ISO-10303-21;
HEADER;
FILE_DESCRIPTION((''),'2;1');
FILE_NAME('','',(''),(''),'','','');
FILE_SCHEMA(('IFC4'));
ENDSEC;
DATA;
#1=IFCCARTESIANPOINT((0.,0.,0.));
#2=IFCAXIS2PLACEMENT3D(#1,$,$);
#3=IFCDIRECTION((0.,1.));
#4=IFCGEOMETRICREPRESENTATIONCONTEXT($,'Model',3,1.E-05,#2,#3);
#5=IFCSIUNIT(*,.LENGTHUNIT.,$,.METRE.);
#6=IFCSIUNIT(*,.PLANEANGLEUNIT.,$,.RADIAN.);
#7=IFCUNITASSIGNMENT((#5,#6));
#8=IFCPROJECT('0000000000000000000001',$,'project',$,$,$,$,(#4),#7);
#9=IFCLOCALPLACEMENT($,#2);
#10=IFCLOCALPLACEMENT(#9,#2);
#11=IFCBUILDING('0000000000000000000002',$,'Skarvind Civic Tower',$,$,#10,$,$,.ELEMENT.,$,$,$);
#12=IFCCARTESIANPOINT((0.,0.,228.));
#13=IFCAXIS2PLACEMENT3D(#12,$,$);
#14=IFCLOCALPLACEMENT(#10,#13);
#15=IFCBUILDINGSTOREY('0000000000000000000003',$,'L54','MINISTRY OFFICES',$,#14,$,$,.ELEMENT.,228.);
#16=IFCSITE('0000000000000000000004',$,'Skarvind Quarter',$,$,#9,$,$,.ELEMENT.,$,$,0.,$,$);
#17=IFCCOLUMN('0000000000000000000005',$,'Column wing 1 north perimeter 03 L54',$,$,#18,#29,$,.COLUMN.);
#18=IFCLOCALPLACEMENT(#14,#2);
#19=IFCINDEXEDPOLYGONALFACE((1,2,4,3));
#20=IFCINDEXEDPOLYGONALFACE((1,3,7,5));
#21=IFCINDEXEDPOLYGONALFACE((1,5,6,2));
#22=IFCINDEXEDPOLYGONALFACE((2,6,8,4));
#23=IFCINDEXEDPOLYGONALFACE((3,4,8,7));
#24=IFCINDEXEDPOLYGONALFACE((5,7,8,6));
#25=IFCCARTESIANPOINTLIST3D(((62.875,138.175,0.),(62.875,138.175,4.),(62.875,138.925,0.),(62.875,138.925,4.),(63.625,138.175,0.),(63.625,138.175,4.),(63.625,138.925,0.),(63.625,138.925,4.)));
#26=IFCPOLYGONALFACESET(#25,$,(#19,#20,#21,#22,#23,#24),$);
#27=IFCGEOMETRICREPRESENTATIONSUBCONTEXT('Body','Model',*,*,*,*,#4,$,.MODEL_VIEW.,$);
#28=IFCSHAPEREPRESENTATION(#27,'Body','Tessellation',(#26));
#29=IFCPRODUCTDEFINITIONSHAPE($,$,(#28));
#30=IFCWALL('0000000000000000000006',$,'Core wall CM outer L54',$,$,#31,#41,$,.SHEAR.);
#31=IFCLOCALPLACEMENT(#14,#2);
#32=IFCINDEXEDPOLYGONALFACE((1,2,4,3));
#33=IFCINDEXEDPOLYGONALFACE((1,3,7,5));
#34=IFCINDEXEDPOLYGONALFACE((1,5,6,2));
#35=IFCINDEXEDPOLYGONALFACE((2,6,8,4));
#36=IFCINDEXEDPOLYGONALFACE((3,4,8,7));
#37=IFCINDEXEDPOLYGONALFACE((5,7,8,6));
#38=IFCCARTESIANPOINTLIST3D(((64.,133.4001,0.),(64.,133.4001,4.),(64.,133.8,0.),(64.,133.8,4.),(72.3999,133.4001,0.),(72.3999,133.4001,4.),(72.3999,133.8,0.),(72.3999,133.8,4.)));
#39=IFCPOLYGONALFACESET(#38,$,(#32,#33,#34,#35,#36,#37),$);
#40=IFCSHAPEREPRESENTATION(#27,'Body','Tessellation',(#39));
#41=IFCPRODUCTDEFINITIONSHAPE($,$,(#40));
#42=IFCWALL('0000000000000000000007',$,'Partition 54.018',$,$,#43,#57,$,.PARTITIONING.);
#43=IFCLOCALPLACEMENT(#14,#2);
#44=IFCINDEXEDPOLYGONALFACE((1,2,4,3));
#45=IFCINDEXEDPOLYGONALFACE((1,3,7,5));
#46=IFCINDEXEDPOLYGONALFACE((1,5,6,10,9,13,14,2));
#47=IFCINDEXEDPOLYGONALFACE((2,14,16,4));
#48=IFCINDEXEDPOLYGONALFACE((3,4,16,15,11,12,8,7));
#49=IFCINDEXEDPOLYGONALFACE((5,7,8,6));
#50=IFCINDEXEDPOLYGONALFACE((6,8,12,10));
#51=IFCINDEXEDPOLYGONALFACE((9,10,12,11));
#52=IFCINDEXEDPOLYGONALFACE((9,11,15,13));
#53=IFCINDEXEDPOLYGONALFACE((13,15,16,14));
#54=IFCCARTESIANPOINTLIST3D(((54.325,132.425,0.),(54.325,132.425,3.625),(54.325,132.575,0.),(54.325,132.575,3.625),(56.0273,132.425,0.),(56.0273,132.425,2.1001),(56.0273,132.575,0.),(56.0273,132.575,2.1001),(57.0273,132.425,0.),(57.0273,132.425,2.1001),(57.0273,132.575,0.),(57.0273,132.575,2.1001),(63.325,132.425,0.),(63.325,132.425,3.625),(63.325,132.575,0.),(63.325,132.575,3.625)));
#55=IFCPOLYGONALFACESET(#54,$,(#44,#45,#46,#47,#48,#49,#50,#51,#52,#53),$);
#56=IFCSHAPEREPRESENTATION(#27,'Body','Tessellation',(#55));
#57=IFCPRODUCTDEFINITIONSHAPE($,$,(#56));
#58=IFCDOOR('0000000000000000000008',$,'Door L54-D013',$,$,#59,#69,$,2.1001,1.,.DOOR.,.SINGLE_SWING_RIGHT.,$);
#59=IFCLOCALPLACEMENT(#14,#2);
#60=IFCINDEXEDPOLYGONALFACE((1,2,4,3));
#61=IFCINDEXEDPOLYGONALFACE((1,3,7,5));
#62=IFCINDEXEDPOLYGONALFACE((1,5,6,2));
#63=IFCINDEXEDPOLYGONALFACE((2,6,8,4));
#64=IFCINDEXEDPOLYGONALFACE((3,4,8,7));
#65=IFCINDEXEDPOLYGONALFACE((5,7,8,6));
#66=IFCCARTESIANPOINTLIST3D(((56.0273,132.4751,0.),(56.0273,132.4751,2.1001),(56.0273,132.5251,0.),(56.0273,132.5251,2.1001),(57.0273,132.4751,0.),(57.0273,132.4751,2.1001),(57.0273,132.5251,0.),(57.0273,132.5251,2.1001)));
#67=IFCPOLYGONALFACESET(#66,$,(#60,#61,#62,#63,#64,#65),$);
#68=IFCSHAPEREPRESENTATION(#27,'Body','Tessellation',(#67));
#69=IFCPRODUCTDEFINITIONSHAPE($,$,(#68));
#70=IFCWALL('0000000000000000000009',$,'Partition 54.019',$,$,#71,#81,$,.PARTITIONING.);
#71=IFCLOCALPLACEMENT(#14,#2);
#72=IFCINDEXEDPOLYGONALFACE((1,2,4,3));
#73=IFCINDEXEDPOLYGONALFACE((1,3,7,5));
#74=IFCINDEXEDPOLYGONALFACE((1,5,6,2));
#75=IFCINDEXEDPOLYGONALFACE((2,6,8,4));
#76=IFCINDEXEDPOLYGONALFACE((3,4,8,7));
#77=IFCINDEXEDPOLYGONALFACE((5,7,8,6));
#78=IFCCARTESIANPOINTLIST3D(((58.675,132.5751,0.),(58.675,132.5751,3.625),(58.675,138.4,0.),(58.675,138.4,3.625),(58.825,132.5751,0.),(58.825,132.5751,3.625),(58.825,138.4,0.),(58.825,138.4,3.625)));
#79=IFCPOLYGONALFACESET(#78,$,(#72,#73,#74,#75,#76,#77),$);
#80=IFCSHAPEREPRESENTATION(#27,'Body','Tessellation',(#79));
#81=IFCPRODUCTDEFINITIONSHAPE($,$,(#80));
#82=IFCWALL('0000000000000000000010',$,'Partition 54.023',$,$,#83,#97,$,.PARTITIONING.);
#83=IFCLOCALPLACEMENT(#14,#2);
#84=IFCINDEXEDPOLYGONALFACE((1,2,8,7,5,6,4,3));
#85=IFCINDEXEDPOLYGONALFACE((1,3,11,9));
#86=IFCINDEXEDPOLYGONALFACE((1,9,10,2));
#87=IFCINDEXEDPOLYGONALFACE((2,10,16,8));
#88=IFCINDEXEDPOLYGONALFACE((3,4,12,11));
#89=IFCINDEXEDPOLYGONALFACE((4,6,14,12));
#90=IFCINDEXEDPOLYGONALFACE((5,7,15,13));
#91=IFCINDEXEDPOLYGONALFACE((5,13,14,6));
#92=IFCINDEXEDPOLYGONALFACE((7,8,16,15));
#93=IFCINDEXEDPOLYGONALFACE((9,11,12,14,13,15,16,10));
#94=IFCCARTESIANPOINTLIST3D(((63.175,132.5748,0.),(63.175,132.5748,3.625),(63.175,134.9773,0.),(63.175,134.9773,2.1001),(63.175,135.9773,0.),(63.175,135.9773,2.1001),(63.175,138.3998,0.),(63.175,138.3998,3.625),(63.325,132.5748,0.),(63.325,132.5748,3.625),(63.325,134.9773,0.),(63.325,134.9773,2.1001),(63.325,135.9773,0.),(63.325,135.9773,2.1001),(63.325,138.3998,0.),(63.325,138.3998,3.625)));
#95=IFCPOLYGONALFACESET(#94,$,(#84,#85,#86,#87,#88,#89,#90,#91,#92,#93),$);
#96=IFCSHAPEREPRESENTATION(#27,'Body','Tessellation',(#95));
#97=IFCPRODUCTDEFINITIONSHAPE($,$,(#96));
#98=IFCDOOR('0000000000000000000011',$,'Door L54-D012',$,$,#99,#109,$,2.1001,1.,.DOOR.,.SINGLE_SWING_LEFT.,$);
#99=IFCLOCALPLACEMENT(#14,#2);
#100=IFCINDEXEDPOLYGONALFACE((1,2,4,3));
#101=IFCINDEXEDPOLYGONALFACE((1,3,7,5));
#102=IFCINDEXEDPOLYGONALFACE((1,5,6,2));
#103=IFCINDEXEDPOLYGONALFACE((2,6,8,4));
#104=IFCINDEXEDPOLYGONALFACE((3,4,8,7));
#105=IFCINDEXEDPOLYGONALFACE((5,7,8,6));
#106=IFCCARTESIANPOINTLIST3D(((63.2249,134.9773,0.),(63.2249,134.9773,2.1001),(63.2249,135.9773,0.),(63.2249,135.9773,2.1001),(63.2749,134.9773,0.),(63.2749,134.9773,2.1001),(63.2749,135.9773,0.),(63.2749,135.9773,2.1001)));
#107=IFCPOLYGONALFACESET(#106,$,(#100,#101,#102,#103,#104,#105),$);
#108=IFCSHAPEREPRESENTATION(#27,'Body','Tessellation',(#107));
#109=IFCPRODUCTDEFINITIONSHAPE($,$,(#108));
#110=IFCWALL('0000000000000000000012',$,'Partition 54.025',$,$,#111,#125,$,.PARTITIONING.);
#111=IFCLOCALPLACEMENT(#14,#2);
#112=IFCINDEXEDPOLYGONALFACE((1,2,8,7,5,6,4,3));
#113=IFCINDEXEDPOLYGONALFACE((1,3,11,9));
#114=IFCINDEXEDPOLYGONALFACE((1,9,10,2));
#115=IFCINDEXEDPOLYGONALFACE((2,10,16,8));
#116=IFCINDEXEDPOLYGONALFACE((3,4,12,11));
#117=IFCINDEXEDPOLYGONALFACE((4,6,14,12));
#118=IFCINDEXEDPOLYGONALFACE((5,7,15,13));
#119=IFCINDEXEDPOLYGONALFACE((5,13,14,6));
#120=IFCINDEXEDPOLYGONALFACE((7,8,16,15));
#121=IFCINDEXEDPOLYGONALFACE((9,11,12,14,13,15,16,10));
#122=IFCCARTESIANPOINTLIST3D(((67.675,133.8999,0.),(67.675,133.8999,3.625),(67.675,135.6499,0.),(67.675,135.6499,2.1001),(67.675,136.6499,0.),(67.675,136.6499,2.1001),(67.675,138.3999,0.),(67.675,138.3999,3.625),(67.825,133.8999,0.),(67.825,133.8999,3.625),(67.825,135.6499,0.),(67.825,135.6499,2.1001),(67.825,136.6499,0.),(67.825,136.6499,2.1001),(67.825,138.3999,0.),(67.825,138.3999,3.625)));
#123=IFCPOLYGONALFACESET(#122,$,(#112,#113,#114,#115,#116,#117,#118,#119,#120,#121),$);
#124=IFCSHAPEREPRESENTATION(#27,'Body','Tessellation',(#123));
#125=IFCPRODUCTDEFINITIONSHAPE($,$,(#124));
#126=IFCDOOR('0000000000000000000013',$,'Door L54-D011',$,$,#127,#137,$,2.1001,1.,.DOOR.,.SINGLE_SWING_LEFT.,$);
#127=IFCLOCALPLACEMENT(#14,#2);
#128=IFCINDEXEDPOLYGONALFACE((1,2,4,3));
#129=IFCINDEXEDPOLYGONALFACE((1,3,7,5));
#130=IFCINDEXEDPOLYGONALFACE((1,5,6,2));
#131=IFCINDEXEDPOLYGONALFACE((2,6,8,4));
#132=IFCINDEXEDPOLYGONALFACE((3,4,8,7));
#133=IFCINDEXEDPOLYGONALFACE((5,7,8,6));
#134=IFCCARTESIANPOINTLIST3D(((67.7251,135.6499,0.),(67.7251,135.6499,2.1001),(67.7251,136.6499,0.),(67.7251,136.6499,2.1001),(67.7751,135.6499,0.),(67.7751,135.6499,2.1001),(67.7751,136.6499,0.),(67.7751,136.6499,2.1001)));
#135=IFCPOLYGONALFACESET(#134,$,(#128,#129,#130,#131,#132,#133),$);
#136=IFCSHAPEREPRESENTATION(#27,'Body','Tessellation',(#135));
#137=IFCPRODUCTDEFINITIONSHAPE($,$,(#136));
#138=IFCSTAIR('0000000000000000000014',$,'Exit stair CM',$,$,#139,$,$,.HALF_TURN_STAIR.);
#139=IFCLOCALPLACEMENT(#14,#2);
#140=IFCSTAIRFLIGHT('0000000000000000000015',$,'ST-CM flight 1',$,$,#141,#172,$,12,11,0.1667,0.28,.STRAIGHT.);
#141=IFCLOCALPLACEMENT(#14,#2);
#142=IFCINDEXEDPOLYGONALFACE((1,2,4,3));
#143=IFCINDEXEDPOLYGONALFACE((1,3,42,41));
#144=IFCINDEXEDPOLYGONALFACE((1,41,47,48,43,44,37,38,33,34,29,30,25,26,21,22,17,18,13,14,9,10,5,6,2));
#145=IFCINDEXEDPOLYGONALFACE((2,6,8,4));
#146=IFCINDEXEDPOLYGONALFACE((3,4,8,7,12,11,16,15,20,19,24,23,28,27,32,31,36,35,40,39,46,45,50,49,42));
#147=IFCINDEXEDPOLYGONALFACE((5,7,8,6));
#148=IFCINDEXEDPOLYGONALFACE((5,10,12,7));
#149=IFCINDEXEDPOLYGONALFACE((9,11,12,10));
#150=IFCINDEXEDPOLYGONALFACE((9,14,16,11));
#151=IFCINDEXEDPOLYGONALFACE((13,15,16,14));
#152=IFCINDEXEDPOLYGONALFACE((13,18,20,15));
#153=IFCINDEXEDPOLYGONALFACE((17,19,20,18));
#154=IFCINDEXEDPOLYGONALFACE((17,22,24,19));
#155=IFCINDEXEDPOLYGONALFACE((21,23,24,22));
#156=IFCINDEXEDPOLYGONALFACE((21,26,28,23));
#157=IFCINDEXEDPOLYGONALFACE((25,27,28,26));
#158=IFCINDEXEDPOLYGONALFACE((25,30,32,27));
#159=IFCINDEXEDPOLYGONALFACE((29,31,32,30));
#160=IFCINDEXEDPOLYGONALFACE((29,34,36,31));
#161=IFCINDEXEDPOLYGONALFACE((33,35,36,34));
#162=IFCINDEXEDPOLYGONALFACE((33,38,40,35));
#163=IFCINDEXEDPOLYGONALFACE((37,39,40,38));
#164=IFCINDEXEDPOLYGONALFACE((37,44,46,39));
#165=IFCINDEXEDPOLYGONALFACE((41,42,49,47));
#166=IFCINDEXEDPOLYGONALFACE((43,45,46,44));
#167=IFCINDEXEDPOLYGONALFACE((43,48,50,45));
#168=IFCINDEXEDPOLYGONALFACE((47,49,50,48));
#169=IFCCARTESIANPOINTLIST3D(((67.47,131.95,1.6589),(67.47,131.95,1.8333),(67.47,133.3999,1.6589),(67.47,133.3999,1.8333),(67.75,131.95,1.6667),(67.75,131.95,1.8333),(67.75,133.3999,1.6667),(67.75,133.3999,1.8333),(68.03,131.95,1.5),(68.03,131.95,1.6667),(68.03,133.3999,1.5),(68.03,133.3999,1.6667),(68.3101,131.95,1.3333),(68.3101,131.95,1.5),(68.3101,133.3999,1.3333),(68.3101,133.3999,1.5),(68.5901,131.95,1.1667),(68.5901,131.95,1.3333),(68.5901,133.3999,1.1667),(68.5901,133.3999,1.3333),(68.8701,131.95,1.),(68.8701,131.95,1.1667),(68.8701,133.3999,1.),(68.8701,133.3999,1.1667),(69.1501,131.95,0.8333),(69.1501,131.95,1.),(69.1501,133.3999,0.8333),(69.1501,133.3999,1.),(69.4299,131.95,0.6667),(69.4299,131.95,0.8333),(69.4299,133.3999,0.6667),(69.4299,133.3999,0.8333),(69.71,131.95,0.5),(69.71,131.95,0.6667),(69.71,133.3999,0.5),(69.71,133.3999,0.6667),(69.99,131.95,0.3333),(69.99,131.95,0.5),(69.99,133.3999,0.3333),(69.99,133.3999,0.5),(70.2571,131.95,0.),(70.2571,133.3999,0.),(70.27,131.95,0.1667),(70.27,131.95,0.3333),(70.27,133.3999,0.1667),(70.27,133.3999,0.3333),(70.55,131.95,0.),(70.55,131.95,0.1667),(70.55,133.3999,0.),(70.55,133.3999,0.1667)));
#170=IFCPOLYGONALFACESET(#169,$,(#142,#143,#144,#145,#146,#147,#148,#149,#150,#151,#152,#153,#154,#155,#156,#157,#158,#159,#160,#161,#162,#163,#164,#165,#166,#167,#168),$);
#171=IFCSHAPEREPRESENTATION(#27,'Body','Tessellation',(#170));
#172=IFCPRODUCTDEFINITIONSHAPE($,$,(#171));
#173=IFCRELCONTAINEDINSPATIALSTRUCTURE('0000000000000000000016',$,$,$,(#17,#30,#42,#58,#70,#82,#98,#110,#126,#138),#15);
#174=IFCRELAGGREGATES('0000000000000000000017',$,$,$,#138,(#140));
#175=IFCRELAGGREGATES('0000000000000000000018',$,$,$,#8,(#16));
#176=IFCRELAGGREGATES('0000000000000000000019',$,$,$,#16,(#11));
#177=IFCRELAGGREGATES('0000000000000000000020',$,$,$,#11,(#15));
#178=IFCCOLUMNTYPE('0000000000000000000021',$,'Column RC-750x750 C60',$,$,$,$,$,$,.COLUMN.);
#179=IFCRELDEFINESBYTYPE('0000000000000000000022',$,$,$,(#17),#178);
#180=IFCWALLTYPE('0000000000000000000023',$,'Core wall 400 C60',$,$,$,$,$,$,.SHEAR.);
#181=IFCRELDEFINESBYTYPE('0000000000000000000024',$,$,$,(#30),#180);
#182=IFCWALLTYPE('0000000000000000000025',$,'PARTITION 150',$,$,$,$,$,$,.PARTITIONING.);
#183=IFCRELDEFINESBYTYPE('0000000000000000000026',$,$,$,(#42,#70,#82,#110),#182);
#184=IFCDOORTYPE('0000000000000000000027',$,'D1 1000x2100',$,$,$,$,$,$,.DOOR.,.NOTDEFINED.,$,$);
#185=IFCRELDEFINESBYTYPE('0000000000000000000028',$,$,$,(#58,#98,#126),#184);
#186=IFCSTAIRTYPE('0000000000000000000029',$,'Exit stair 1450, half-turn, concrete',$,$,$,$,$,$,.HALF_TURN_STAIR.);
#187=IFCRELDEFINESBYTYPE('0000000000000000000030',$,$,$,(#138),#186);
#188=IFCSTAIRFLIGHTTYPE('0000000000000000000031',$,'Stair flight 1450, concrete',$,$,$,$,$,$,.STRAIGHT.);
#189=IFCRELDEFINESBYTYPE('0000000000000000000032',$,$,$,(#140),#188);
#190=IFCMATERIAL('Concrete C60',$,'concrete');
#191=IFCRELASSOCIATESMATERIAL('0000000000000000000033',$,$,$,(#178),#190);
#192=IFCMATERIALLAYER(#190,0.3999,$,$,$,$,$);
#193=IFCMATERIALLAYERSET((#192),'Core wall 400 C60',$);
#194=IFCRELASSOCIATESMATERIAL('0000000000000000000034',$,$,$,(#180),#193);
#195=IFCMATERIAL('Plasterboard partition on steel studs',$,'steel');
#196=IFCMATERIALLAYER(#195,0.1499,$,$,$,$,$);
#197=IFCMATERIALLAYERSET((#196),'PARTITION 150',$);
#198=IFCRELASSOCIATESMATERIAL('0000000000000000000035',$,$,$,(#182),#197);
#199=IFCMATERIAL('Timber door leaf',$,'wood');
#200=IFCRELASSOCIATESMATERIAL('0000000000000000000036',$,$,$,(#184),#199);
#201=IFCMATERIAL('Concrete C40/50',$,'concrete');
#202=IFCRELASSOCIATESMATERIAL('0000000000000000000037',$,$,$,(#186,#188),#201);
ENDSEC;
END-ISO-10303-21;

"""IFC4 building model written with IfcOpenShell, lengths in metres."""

from ifc_helpers import new_model, si_unit, direction, frame, frame_2d, origin, origin_2d, place, context, subcontext, project, spatial, polyline, rectangle, outline, extrude, material, layer, layer_set, material_profile, profile_set, type_object, element, fill, aggregate, save


model = new_model("IFC4")

# Units and contexts
model_context = context("Model", 3, precision=1e-05, world=origin(), true_north=direction((0.0, 1.0)))
body_context = subcontext(model_context, "Body", "Model", "MODEL_VIEW")
ifc_project = project(units=[si_unit("LENGTHUNIT", "METRE"), si_unit("PLANEANGLEUNIT", "RADIAN")], contexts=[model_context])

# Site, building, storey
site_placement = place(None, origin())
site = spatial("IfcSite", under=ifc_project, at=site_placement, Name="Skarvind Quarter", CompositionType="ELEMENT", RefElevation=0.0)
building_placement = place(site_placement, origin())
building = spatial("IfcBuilding", under=site, at=building_placement, Name="Skarvind Civic Tower", CompositionType="ELEMENT")
storey_placement = place(building_placement, frame((0.0, 0.0, 228.0)))
storey = spatial("IfcBuildingStorey", under=building, at=storey_placement, Name="L54", Description="MINISTRY OFFICES", CompositionType="ELEMENT", Elevation=228.0)

# Column
ifc_material_1 = material(Name="Concrete C60", Category="concrete")
ifc_material_profile = material_profile(ifc_material_1, rectangle(XDim=0.75, YDim=0.75, at=origin_2d()), Name="RC-750x750")
ifc_profile_set = profile_set([ifc_material_profile], Name="Concrete C60")
column_type = type_object("IfcColumnType", Name="Column RC-750x750 C60", PredefinedType="COLUMN", material=ifc_profile_set)
column_placement = place(storey_placement, frame((63.25, 138.55, 0.0), z_axis=(0.0, 0.0, 1.0), x_axis=(1.0, 0.0, 0.0)))
element("IfcColumn", 1, at=column_placement, inside=storey, type_object=column_type, Name="Column wing 1 north perimeter 03 L54", PredefinedType="COLUMN", context=body_context, shape_type="SweptSolid", body=[
    extrude(rectangle(XDim=0.75, YDim=0.75, at=origin_2d()), origin(), (0.0, 0.0, 1.0), 4.0),
])

# Wall
ifc_layer_1 = layer(ifc_material_1, 0.3999)
ifc_layer_set_1 = layer_set([ifc_layer_1], Name="Core wall 400 C60")
wall_type_1 = type_object("IfcWallType", Name="Core wall 400 C60", PredefinedType="SHEAR", material=ifc_layer_set_1)
wall_1_placement = place(storey_placement, frame((64.0, 133.6001, 0.0), z_axis=(0.0, 0.0, 1.0), x_axis=(1.0, 0.0, 0.0)))
element("IfcWall", 2, at=wall_1_placement, inside=storey, type_object=wall_type_1, Name="Core wall CM outer L54", PredefinedType="SHEAR", context=body_context, shape_type="SweptSolid", body=[
    extrude(rectangle(XDim=8.3999, YDim=0.3999, at=frame_2d((4.2, 0.0))), origin(), (0.0, 0.0, 1.0), 4.0),
])

# Wall, opening, door
ifc_material_2 = material(Name="Plasterboard partition on steel studs", Category="steel")
ifc_layer_2 = layer(ifc_material_2, 0.1499)
ifc_layer_set_2 = layer_set([ifc_layer_2], Name="PARTITION 150")
wall_type_2 = type_object("IfcWallType", Name="PARTITION 150", PredefinedType="PARTITIONING", material=ifc_layer_set_2)
wall_2_placement = place(storey_placement, frame((63.325, 132.5, 0.0), z_axis=(0.0, 0.0, 1.0), x_axis=(-1.0, 0.0, 0.0)))
wall_2 = element("IfcWall", 3, at=wall_2_placement, inside=storey, type_object=wall_type_2, Name="Partition 54.018", PredefinedType="PARTITIONING", context=body_context, shape_type="SweptSolid", body=[
    extrude(rectangle(XDim=9.0, YDim=0.1499, at=frame_2d((4.5, 0.0))), origin(), (0.0, 0.0, 1.0), 3.625),
])
opening_1_placement = place(wall_2_placement, frame((6.2976, 0.0, 0.0)))
opening_1 = element("IfcOpeningElement", 4, at=opening_1_placement, cuts=wall_2, PredefinedType="OPENING", context=body_context, shape_type="SweptSolid", body=[
    extrude(rectangle(XDim=1.0, YDim=2.1001, at=frame_2d((0.5, 1.05))), frame((0.0, 0.085, 0.0), z_axis=(0.0, -1.0, 0.0), x_axis=(1.0, 0.0, 0.0)), (0.0, 0.0, 1.0), 0.1699),
])
ifc_material_3 = material(Name="Timber door leaf", Category="wood")
door_type = type_object("IfcDoorType", Name="D1 1000x2100", OperationType="NOTDEFINED", PredefinedType="DOOR", material=ifc_material_3)
door_1_placement = place(opening_1_placement, origin())
door_1 = element("IfcDoor", 5, at=door_1_placement, inside=storey, type_object=door_type, Name="Door L54-D013", OperationType="SINGLE_SWING_RIGHT", OverallHeight=2.1001, OverallWidth=1.0, PredefinedType="DOOR", context=body_context, shape_type="SweptSolid", body=[
    extrude(rectangle(XDim=1.0, YDim=2.1001, at=frame_2d((0.5, 1.05))), frame((0.0, 0.0249, 0.0), z_axis=(0.0, -1.0, 0.0), x_axis=(1.0, 0.0, 0.0)), (0.0, 0.0, 1.0), 0.05),
])
fill(opening_1, door_1)

# Wall
wall_3_placement = place(storey_placement, frame((58.75, 132.575, 0.0), z_axis=(0.0, 0.0, 1.0), x_axis=(0.0, 1.0, 0.0)))
element("IfcWall", 6, at=wall_3_placement, inside=storey, type_object=wall_type_2, Name="Partition 54.019", PredefinedType="PARTITIONING", context=body_context, shape_type="SweptSolid", body=[
    extrude(rectangle(XDim=5.825, YDim=0.1499, at=frame_2d((2.9126, 0.0))), origin(), (0.0, 0.0, 1.0), 3.625),
])

# Walls, openings, doors
wall_4_placement = place(storey_placement, frame((63.25, 138.3999, 0.0), z_axis=(0.0, 0.0, 1.0), x_axis=(0.0, -1.0, 0.0)))
wall_4 = element("IfcWall", 7, at=wall_4_placement, inside=storey, type_object=wall_type_2, Name="Partition 54.023", PredefinedType="PARTITIONING", context=body_context, shape_type="SweptSolid", body=[
    extrude(rectangle(XDim=5.825, YDim=0.1499, at=frame_2d((2.9126, 0.0))), origin(), (0.0, 0.0, 1.0), 3.625),
])
opening_2_placement = place(wall_4_placement, frame((2.4226, 0.0, 0.0)))
opening_2 = element("IfcOpeningElement", 8, at=opening_2_placement, cuts=wall_4, PredefinedType="OPENING", context=body_context, shape_type="SweptSolid", body=[
    extrude(rectangle(XDim=1.0, YDim=2.1001, at=frame_2d((0.5, 1.05))), frame((0.0, 0.085, 0.0), z_axis=(0.0, -1.0, 0.0), x_axis=(1.0, 0.0, 0.0)), (0.0, 0.0, 1.0), 0.1699),
])
door_2_placement = place(opening_2_placement, origin())
door_2 = element("IfcDoor", 9, at=door_2_placement, inside=storey, type_object=door_type, Name="Door L54-D012", OperationType="SINGLE_SWING_LEFT", OverallHeight=2.1001, OverallWidth=1.0, PredefinedType="DOOR", context=body_context, shape_type="SweptSolid", body=[
    extrude(rectangle(XDim=1.0, YDim=2.1001, at=frame_2d((0.5, 1.05))), frame((0.0, 0.0249, 0.0), z_axis=(0.0, -1.0, 0.0), x_axis=(1.0, 0.0, 0.0)), (0.0, 0.0, 1.0), 0.05),
])
fill(opening_2, door_2)
wall_5_placement = place(storey_placement, frame((67.75, 133.8999, 0.0), z_axis=(0.0, 0.0, 1.0), x_axis=(0.0, 1.0, 0.0)))
wall_5 = element("IfcWall", 10, at=wall_5_placement, inside=storey, type_object=wall_type_2, Name="Partition 54.025", PredefinedType="PARTITIONING", context=body_context, shape_type="SweptSolid", body=[
    extrude(rectangle(XDim=4.5, YDim=0.1499, at=frame_2d((2.25, 0.0))), origin(), (0.0, 0.0, 1.0), 3.625),
])
opening_3_placement = place(wall_5_placement, frame((1.75, 0.0, 0.0)))
opening_3 = element("IfcOpeningElement", 11, at=opening_3_placement, cuts=wall_5, PredefinedType="OPENING", context=body_context, shape_type="SweptSolid", body=[
    extrude(rectangle(XDim=1.0, YDim=2.1001, at=frame_2d((0.5, 1.05))), frame((0.0, 0.085, 0.0), z_axis=(0.0, -1.0, 0.0), x_axis=(1.0, 0.0, 0.0)), (0.0, 0.0, 1.0), 0.1699),
])
door_3_placement = place(opening_3_placement, origin())
door_3 = element("IfcDoor", 12, at=door_3_placement, inside=storey, type_object=door_type, Name="Door L54-D011", OperationType="SINGLE_SWING_LEFT", OverallHeight=2.1001, OverallWidth=1.0, PredefinedType="DOOR", context=body_context, shape_type="SweptSolid", body=[
    extrude(rectangle(XDim=1.0, YDim=2.1001, at=frame_2d((0.5, 1.05))), frame((0.0, 0.0249, 0.0), z_axis=(0.0, -1.0, 0.0), x_axis=(1.0, 0.0, 0.0)), (0.0, 0.0, 1.0), 0.05),
])
fill(opening_3, door_3)

# Stair, stair flight
ifc_material_4 = material(Name="Concrete C40/50", Category="concrete")
stair_type = type_object("IfcStairType", Name="Exit stair 1450, half-turn, concrete", PredefinedType="HALF_TURN_STAIR", material=ifc_material_4)
stair_placement = place(storey_placement, origin())
stair = element("IfcStair", 13, at=stair_placement, inside=storey, type_object=stair_type, Name="Exit stair CM", PredefinedType="HALF_TURN_STAIR")
stair_flight_type = type_object("IfcStairFlightType", Name="Stair flight 1450, concrete", PredefinedType="STRAIGHT", material=ifc_material_4)
stair_flight_1_placement = place(storey_placement, frame((70.55, 132.675, 0.0), z_axis=(0.0, 0.0, 1.0), x_axis=(-1.0, 0.0, 0.0)))
stair_flight_1 = element("IfcStairFlight", 14, at=stair_flight_1_placement, type_object=stair_flight_type, Name="ST-CM flight 1", NumberOfRisers=12, NumberOfTreads=11, PredefinedType="STRAIGHT", RiserHeight=0.1667, TreadLength=0.28, context=body_context, shape_type="SweptSolid", body=[
    extrude(outline(polyline([(0.0, 0.0), (0.0, 0.1667), (0.28, 0.1667), (0.28, 0.3333), (0.5601, 0.3333), (0.5601, 0.5), (0.8401, 0.5), (0.8401, 0.6667), (1.1201, 0.6667), (1.1201, 0.8333), (1.3999, 0.8333), (1.3999, 1.0), (1.6799, 1.0), (1.6799, 1.1667), (1.96, 1.1667), (1.96, 1.3333), (2.24, 1.3333), (2.24, 1.5), (2.52, 1.5), (2.52, 1.6667), (2.8, 1.6667), (2.8, 1.8333), (3.0801, 1.8333), (3.0801, 2.0), (3.0801, 1.6589), (0.293, 0.0), (0.0, 0.0)])), frame((0.0, 0.7251, 0.0), z_axis=(0.0, -1.0, 0.0), x_axis=(1.0, 0.0, 0.0)), (0.0, 0.0, 1.0), 1.45),
])
aggregate(stair, [stair_flight_1])

save(model, "model.ifc")
